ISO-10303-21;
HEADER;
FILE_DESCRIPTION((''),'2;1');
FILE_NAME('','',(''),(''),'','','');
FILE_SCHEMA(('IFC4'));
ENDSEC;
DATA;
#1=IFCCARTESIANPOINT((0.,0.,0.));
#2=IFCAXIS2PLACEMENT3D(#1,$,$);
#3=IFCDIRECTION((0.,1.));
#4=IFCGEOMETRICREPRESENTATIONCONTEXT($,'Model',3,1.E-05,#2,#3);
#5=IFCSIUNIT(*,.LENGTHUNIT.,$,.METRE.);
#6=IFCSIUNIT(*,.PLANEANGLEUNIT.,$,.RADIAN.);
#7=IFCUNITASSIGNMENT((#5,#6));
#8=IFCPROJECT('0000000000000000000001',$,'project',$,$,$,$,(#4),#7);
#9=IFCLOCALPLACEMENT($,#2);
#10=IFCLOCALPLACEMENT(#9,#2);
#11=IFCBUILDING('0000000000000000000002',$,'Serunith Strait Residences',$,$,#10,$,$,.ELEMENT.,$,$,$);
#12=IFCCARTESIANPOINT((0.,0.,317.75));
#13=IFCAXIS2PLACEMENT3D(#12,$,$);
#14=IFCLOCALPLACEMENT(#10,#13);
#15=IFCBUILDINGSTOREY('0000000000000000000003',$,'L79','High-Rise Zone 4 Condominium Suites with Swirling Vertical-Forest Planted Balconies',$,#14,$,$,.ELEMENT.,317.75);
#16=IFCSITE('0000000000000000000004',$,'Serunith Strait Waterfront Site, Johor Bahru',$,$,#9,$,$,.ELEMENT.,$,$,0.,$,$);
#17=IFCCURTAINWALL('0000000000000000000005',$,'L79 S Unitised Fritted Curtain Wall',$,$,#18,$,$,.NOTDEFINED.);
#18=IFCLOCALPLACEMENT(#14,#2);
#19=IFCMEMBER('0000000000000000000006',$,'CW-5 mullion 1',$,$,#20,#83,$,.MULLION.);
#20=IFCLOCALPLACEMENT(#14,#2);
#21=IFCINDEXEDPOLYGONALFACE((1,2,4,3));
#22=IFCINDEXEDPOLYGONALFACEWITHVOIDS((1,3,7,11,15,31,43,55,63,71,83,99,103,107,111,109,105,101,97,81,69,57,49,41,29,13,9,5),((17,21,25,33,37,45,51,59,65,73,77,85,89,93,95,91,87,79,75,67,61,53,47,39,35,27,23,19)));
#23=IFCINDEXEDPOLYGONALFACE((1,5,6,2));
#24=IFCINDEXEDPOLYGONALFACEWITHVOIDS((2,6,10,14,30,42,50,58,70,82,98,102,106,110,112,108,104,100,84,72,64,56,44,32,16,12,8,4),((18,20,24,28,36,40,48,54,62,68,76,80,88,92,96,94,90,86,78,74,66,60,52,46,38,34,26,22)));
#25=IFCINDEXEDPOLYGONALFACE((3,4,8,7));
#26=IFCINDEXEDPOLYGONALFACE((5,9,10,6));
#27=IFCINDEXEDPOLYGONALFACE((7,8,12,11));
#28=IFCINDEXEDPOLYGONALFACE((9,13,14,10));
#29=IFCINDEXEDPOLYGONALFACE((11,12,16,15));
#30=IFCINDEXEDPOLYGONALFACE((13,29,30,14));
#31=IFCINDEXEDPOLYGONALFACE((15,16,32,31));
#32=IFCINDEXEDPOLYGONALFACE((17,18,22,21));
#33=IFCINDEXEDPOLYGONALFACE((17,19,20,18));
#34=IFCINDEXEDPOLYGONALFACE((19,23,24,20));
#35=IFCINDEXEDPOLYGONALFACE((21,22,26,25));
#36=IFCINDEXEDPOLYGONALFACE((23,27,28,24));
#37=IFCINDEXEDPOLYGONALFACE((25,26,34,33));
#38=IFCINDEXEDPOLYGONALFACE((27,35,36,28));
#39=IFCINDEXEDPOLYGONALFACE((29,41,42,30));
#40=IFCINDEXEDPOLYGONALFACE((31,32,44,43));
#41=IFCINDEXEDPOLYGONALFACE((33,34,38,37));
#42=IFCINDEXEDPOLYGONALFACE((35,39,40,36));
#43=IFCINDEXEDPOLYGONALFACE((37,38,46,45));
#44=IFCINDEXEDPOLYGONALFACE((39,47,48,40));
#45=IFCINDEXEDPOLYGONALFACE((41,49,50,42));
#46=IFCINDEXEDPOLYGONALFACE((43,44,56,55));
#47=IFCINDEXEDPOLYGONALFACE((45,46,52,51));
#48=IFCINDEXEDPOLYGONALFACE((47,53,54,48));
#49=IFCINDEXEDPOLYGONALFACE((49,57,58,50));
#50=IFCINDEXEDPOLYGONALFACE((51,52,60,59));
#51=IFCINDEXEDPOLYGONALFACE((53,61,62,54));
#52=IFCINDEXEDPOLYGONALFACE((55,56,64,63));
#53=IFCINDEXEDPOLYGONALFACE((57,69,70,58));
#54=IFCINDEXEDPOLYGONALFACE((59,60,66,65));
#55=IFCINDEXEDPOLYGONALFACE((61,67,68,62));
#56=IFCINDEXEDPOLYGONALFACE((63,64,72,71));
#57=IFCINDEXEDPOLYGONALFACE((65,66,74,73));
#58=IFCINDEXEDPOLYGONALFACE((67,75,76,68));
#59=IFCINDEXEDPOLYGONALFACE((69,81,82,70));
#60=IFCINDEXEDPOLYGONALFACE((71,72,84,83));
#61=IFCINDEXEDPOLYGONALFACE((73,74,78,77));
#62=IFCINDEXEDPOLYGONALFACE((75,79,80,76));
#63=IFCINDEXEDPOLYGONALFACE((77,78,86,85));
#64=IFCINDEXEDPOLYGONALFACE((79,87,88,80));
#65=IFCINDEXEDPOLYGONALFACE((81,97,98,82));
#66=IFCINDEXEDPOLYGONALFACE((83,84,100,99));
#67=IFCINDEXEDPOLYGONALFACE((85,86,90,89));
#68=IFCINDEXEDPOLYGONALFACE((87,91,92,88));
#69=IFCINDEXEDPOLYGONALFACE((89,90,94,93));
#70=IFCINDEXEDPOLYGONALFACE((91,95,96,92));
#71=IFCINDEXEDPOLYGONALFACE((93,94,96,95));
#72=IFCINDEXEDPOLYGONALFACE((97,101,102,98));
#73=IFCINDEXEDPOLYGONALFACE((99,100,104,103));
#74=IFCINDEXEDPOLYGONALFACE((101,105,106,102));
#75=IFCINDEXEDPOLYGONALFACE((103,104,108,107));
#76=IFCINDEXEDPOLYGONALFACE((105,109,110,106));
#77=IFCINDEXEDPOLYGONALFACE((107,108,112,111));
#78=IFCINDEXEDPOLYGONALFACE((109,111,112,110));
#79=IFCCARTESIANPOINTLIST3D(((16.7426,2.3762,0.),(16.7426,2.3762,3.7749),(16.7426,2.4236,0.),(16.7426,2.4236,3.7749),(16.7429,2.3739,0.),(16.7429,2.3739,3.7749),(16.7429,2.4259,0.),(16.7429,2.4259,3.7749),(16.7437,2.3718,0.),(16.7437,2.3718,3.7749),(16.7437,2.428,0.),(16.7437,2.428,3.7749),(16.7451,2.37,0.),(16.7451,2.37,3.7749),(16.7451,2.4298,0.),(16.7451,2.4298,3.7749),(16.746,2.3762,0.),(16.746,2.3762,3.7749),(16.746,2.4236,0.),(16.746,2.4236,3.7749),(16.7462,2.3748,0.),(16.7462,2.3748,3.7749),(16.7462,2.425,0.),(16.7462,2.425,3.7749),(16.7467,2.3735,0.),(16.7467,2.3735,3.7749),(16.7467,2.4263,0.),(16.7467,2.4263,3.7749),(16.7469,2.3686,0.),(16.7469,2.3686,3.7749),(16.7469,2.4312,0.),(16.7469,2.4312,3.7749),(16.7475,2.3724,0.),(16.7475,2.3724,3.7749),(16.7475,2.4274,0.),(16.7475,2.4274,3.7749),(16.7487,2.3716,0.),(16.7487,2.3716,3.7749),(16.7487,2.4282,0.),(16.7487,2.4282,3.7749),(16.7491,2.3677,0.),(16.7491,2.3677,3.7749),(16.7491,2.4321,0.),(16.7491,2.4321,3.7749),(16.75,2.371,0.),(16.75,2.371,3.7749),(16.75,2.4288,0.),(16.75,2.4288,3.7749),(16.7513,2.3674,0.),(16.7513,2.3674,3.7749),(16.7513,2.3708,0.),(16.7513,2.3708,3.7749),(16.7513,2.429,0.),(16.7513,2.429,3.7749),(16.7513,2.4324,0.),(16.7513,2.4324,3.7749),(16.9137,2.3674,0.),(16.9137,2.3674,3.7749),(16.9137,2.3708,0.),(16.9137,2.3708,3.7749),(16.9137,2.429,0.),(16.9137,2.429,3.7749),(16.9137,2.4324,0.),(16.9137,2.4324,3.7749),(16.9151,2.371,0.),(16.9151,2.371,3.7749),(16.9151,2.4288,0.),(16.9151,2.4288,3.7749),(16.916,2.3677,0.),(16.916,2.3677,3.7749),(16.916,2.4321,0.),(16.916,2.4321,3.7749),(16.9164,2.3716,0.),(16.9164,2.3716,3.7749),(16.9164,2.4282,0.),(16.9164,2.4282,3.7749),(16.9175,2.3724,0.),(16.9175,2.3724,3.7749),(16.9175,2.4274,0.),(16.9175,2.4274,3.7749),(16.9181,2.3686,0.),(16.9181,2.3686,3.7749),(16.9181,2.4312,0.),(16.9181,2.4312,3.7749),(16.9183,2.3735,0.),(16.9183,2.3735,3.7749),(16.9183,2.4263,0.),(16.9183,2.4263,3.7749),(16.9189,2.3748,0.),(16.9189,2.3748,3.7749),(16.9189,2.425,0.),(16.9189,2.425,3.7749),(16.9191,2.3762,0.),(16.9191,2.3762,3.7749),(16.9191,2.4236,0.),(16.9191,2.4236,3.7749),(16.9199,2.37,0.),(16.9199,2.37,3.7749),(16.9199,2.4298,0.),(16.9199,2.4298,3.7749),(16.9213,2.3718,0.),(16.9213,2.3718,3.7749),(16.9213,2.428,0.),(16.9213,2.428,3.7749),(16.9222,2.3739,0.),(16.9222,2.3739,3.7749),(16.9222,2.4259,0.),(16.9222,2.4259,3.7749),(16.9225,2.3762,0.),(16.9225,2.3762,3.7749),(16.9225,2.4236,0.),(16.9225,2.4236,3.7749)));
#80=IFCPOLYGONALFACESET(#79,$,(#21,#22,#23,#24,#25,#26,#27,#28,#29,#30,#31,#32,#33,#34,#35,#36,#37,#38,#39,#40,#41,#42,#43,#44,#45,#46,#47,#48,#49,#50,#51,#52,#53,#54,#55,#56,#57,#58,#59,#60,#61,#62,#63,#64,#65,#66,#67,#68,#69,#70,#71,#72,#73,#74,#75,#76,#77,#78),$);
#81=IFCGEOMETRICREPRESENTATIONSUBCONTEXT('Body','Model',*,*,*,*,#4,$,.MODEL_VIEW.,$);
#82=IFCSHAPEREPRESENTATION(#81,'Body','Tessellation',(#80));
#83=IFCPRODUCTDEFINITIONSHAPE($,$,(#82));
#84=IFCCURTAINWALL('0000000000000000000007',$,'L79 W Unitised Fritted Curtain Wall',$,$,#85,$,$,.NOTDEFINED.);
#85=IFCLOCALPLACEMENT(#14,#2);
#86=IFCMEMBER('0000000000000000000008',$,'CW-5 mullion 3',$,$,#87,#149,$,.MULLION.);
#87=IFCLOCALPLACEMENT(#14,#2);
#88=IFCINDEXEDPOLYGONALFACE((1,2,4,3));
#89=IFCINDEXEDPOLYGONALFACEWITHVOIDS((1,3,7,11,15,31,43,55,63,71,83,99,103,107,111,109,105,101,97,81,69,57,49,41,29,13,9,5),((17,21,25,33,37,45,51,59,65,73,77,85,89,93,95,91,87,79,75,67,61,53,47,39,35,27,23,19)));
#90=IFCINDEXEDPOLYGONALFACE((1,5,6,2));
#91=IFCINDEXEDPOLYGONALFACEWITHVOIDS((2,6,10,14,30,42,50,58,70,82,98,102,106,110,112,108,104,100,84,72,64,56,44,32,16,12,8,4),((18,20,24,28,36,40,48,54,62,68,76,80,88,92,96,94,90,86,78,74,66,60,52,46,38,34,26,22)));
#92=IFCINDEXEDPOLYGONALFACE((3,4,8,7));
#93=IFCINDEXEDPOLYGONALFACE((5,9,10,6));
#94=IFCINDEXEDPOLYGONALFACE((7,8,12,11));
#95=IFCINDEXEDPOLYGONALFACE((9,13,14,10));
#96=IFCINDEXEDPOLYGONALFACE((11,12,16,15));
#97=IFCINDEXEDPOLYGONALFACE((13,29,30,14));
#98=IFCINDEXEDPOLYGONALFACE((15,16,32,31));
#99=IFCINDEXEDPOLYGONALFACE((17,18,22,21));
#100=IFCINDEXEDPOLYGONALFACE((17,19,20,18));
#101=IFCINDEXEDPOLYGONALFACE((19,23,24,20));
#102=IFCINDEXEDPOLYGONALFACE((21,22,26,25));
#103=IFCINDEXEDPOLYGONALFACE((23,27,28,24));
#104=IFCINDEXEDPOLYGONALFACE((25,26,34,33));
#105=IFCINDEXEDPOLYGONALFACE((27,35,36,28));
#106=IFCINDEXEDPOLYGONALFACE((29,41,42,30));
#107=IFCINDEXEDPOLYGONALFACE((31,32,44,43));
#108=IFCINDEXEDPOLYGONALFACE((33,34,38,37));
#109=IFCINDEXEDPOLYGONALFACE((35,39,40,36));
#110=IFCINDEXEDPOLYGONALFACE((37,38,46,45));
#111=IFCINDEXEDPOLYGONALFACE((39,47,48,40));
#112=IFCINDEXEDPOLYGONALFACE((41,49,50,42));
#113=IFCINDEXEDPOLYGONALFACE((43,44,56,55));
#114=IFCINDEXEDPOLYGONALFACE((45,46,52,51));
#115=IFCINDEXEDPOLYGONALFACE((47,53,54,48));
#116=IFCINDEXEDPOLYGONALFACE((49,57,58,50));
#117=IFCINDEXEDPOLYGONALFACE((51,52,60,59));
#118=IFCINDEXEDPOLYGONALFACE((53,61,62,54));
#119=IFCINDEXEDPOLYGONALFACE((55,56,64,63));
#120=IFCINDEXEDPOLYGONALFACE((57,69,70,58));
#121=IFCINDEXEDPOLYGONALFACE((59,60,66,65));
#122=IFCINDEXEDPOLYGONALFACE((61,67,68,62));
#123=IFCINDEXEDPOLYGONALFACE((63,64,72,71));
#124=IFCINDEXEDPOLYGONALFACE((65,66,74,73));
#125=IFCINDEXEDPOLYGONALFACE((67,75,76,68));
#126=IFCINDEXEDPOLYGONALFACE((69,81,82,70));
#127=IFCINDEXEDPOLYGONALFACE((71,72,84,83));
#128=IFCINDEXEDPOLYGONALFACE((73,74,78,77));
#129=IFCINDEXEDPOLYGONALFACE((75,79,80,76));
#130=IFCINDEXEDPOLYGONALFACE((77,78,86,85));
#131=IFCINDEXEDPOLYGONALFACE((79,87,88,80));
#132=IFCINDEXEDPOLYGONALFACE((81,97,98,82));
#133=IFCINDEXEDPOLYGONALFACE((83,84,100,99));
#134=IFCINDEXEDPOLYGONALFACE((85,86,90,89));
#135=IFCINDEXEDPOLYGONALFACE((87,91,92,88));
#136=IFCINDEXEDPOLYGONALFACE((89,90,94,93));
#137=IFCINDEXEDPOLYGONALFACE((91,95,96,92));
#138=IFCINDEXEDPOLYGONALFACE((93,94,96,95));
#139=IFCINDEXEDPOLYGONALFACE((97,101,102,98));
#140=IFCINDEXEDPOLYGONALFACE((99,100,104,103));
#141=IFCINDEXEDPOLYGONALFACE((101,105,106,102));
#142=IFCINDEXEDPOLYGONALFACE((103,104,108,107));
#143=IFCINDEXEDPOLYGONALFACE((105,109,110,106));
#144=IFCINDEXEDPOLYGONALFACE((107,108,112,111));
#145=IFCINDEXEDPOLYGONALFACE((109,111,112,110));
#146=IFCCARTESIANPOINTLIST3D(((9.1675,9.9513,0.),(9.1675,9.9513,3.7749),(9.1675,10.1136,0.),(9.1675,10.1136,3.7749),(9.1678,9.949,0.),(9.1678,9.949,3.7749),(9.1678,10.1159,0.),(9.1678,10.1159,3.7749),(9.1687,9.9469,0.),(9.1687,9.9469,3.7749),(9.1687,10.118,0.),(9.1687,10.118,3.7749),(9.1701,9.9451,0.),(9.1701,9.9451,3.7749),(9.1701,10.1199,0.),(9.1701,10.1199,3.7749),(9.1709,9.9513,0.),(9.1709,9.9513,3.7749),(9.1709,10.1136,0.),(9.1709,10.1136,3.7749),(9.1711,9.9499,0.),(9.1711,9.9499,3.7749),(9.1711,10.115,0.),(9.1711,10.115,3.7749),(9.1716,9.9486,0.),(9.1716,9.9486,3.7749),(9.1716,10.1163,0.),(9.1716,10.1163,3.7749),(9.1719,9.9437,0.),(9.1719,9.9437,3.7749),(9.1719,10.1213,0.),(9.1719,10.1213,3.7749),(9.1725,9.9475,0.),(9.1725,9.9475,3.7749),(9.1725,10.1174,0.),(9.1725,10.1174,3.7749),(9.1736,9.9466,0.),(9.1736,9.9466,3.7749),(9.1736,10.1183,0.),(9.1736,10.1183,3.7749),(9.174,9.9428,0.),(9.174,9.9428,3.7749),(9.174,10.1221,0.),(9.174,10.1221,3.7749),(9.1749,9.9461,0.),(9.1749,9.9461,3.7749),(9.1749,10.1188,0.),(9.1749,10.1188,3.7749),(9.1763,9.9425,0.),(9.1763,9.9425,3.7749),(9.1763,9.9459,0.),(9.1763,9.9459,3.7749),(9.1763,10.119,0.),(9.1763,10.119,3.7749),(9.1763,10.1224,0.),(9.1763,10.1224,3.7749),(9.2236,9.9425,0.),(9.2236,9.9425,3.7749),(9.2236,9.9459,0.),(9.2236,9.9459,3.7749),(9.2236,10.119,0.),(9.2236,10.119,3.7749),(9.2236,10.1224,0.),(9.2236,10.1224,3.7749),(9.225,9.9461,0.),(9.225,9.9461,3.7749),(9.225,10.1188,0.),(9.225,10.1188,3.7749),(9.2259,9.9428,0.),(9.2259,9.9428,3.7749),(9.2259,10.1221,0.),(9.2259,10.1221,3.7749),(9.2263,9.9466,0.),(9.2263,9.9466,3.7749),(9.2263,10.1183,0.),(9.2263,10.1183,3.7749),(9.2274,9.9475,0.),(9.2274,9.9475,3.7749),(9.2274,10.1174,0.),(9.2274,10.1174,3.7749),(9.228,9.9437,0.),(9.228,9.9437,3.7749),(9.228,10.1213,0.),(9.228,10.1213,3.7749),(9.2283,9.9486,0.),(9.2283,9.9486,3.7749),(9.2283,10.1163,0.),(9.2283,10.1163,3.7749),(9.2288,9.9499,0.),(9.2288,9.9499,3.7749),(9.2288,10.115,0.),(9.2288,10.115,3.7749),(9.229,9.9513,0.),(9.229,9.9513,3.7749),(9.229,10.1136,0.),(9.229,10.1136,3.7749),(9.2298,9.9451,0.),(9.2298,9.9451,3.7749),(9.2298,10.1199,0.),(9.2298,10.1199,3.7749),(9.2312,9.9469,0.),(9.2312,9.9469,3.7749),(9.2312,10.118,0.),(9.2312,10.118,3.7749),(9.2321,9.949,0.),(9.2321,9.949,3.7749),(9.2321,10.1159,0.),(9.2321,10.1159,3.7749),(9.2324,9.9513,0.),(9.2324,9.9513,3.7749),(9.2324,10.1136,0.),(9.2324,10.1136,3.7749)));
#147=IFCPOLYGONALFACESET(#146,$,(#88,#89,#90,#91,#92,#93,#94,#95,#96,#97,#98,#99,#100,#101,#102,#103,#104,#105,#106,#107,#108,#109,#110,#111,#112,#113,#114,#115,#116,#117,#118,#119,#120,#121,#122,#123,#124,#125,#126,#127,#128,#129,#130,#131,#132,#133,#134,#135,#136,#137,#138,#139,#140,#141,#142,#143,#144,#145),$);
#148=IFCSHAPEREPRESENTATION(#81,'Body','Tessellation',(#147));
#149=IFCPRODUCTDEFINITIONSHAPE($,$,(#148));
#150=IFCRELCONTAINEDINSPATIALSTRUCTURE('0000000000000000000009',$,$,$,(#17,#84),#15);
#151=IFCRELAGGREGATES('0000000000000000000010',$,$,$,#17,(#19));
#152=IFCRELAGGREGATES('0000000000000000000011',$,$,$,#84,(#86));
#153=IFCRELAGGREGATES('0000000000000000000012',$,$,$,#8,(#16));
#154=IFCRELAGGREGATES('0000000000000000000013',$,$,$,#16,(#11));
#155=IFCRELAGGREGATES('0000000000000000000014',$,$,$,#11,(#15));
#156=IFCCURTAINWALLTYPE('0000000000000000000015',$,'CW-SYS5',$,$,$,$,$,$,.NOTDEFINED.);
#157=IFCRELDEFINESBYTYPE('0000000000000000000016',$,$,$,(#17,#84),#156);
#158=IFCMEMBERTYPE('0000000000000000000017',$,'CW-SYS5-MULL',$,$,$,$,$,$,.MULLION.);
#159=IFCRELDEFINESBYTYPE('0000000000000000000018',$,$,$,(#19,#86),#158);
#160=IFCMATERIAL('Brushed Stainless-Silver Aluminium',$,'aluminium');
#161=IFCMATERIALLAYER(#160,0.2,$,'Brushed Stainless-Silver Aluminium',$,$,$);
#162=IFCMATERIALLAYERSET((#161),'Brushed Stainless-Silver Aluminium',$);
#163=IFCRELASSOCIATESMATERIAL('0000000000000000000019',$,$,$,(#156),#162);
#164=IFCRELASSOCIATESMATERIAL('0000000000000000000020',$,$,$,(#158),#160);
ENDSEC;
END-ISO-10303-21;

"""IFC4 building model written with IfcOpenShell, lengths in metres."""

from ifc_helpers import new_model, si_unit, direction, frame, origin, origin_2d, place, context, subcontext, project, spatial, hollow_rectangle, extrude, source, transform, mapped, material, layer, layer_set, material_profile, profile_set, type_object, element, aggregate, save


model = new_model("IFC4")

# Units and contexts
model_context = context("Model", 3, precision=1e-05, world=origin(), true_north=direction((0.0, 1.0)))
body_context = subcontext(model_context, "Body", "Model", "MODEL_VIEW")
ifc_project = project(units=[si_unit("LENGTHUNIT", "METRE"), si_unit("PLANEANGLEUNIT", "RADIAN")], contexts=[model_context])

# Site, building, storey
site_placement = place(None, origin())
site = spatial("IfcSite", under=ifc_project, at=site_placement, Name="Serunith Strait Waterfront Site, Johor Bahru", CompositionType="ELEMENT", RefElevation=0.0)
building_placement = place(site_placement, origin())
building = spatial("IfcBuilding", under=site, at=building_placement, Name="Serunith Strait Residences", CompositionType="ELEMENT")
storey_placement = place(building_placement, frame((0.0, 0.0, 317.75)))
storey = spatial("IfcBuildingStorey", under=building, at=storey_placement, Name="L79", Description="High-Rise Zone 4 Condominium Suites with Swirling Vertical-Forest Planted Balconies", CompositionType="ELEMENT", Elevation=317.75)

# Curtain wall, member
ifc_material_1 = material(Name="Brushed Stainless-Silver Aluminium", Category="aluminium")
ifc_layer_1 = layer(ifc_material_1, 0.2, Name="Brushed Stainless-Silver Aluminium")
ifc_layer_set_1 = layer_set([ifc_layer_1], Name="Brushed Stainless-Silver Aluminium")
curtain_wall_type = type_object("IfcCurtainWallType", Name="CW-SYS5", PredefinedType="NOTDEFINED", material=ifc_layer_set_1)
curtain_wall_1_placement = place(storey_placement, origin())
curtain_wall_1 = element("IfcCurtainWall", 1, at=curtain_wall_1_placement, inside=storey, type_object=curtain_wall_type, Name="L79 S Unitised Fritted Curtain Wall", PredefinedType="NOTDEFINED")
ifc_material_profile_1 = material_profile(ifc_material_1, hollow_rectangle(XDim=0.0649, YDim=0.1799, WallThickness=0.0034, InnerFilletRadius=0.0054, OuterFilletRadius=0.0088, at=origin_2d()), Name="ALU 180x65x3.5")
ifc_profile_set_1 = profile_set([ifc_material_profile_1], Name="Brushed Stainless-Silver Aluminium")
member_type_1 = type_object("IfcMemberType", Name="CW-SYS5-MULL", PredefinedType="MULLION", material=ifc_profile_set_1)
shared_shape_1 = source(origin(), body_context, "Body", "SweptSolid", [
    extrude(hollow_rectangle(XDim=0.0649, YDim=0.1799, WallThickness=0.0034, InnerFilletRadius=0.0054, OuterFilletRadius=0.0088, at=origin_2d()), origin(), (0.0, 0.0, 1.0), 3.7749),
])
member_1_placement = place(storey_placement, frame((16.8325, 2.3999, 0.0), z_axis=(0.0, 0.0, 1.0), x_axis=(0.0, 1.0, 0.0)))
member_1 = element("IfcMember", 2, at=member_1_placement, type_object=member_type_1, Name="CW-5 mullion 1", PredefinedType="MULLION", context=body_context, shape_type="MappedRepresentation", body=[
    mapped(shared_shape_1, transform((0.0, 0.0, 0.0), scale=1.0)),
])
aggregate(curtain_wall_1, [member_1])

# Curtain wall, member
curtain_wall_2_placement = place(storey_placement, origin())
curtain_wall_2 = element("IfcCurtainWall", 3, at=curtain_wall_2_placement, inside=storey, type_object=curtain_wall_type, Name="L79 W Unitised Fritted Curtain Wall", PredefinedType="NOTDEFINED")
member_2_placement = place(storey_placement, frame((9.2, 10.0325, 0.0), z_axis=(0.0, 0.0, 1.0), x_axis=(1.0, 0.0, 0.0)))
member_2 = element("IfcMember", 4, at=member_2_placement, type_object=member_type_1, Name="CW-5 mullion 3", PredefinedType="MULLION", context=body_context, shape_type="MappedRepresentation", body=[
    mapped(shared_shape_1, transform((0.0, 0.0, 0.0), scale=1.0)),
])
aggregate(curtain_wall_2, [member_2])

save(model, "model.ifc")
